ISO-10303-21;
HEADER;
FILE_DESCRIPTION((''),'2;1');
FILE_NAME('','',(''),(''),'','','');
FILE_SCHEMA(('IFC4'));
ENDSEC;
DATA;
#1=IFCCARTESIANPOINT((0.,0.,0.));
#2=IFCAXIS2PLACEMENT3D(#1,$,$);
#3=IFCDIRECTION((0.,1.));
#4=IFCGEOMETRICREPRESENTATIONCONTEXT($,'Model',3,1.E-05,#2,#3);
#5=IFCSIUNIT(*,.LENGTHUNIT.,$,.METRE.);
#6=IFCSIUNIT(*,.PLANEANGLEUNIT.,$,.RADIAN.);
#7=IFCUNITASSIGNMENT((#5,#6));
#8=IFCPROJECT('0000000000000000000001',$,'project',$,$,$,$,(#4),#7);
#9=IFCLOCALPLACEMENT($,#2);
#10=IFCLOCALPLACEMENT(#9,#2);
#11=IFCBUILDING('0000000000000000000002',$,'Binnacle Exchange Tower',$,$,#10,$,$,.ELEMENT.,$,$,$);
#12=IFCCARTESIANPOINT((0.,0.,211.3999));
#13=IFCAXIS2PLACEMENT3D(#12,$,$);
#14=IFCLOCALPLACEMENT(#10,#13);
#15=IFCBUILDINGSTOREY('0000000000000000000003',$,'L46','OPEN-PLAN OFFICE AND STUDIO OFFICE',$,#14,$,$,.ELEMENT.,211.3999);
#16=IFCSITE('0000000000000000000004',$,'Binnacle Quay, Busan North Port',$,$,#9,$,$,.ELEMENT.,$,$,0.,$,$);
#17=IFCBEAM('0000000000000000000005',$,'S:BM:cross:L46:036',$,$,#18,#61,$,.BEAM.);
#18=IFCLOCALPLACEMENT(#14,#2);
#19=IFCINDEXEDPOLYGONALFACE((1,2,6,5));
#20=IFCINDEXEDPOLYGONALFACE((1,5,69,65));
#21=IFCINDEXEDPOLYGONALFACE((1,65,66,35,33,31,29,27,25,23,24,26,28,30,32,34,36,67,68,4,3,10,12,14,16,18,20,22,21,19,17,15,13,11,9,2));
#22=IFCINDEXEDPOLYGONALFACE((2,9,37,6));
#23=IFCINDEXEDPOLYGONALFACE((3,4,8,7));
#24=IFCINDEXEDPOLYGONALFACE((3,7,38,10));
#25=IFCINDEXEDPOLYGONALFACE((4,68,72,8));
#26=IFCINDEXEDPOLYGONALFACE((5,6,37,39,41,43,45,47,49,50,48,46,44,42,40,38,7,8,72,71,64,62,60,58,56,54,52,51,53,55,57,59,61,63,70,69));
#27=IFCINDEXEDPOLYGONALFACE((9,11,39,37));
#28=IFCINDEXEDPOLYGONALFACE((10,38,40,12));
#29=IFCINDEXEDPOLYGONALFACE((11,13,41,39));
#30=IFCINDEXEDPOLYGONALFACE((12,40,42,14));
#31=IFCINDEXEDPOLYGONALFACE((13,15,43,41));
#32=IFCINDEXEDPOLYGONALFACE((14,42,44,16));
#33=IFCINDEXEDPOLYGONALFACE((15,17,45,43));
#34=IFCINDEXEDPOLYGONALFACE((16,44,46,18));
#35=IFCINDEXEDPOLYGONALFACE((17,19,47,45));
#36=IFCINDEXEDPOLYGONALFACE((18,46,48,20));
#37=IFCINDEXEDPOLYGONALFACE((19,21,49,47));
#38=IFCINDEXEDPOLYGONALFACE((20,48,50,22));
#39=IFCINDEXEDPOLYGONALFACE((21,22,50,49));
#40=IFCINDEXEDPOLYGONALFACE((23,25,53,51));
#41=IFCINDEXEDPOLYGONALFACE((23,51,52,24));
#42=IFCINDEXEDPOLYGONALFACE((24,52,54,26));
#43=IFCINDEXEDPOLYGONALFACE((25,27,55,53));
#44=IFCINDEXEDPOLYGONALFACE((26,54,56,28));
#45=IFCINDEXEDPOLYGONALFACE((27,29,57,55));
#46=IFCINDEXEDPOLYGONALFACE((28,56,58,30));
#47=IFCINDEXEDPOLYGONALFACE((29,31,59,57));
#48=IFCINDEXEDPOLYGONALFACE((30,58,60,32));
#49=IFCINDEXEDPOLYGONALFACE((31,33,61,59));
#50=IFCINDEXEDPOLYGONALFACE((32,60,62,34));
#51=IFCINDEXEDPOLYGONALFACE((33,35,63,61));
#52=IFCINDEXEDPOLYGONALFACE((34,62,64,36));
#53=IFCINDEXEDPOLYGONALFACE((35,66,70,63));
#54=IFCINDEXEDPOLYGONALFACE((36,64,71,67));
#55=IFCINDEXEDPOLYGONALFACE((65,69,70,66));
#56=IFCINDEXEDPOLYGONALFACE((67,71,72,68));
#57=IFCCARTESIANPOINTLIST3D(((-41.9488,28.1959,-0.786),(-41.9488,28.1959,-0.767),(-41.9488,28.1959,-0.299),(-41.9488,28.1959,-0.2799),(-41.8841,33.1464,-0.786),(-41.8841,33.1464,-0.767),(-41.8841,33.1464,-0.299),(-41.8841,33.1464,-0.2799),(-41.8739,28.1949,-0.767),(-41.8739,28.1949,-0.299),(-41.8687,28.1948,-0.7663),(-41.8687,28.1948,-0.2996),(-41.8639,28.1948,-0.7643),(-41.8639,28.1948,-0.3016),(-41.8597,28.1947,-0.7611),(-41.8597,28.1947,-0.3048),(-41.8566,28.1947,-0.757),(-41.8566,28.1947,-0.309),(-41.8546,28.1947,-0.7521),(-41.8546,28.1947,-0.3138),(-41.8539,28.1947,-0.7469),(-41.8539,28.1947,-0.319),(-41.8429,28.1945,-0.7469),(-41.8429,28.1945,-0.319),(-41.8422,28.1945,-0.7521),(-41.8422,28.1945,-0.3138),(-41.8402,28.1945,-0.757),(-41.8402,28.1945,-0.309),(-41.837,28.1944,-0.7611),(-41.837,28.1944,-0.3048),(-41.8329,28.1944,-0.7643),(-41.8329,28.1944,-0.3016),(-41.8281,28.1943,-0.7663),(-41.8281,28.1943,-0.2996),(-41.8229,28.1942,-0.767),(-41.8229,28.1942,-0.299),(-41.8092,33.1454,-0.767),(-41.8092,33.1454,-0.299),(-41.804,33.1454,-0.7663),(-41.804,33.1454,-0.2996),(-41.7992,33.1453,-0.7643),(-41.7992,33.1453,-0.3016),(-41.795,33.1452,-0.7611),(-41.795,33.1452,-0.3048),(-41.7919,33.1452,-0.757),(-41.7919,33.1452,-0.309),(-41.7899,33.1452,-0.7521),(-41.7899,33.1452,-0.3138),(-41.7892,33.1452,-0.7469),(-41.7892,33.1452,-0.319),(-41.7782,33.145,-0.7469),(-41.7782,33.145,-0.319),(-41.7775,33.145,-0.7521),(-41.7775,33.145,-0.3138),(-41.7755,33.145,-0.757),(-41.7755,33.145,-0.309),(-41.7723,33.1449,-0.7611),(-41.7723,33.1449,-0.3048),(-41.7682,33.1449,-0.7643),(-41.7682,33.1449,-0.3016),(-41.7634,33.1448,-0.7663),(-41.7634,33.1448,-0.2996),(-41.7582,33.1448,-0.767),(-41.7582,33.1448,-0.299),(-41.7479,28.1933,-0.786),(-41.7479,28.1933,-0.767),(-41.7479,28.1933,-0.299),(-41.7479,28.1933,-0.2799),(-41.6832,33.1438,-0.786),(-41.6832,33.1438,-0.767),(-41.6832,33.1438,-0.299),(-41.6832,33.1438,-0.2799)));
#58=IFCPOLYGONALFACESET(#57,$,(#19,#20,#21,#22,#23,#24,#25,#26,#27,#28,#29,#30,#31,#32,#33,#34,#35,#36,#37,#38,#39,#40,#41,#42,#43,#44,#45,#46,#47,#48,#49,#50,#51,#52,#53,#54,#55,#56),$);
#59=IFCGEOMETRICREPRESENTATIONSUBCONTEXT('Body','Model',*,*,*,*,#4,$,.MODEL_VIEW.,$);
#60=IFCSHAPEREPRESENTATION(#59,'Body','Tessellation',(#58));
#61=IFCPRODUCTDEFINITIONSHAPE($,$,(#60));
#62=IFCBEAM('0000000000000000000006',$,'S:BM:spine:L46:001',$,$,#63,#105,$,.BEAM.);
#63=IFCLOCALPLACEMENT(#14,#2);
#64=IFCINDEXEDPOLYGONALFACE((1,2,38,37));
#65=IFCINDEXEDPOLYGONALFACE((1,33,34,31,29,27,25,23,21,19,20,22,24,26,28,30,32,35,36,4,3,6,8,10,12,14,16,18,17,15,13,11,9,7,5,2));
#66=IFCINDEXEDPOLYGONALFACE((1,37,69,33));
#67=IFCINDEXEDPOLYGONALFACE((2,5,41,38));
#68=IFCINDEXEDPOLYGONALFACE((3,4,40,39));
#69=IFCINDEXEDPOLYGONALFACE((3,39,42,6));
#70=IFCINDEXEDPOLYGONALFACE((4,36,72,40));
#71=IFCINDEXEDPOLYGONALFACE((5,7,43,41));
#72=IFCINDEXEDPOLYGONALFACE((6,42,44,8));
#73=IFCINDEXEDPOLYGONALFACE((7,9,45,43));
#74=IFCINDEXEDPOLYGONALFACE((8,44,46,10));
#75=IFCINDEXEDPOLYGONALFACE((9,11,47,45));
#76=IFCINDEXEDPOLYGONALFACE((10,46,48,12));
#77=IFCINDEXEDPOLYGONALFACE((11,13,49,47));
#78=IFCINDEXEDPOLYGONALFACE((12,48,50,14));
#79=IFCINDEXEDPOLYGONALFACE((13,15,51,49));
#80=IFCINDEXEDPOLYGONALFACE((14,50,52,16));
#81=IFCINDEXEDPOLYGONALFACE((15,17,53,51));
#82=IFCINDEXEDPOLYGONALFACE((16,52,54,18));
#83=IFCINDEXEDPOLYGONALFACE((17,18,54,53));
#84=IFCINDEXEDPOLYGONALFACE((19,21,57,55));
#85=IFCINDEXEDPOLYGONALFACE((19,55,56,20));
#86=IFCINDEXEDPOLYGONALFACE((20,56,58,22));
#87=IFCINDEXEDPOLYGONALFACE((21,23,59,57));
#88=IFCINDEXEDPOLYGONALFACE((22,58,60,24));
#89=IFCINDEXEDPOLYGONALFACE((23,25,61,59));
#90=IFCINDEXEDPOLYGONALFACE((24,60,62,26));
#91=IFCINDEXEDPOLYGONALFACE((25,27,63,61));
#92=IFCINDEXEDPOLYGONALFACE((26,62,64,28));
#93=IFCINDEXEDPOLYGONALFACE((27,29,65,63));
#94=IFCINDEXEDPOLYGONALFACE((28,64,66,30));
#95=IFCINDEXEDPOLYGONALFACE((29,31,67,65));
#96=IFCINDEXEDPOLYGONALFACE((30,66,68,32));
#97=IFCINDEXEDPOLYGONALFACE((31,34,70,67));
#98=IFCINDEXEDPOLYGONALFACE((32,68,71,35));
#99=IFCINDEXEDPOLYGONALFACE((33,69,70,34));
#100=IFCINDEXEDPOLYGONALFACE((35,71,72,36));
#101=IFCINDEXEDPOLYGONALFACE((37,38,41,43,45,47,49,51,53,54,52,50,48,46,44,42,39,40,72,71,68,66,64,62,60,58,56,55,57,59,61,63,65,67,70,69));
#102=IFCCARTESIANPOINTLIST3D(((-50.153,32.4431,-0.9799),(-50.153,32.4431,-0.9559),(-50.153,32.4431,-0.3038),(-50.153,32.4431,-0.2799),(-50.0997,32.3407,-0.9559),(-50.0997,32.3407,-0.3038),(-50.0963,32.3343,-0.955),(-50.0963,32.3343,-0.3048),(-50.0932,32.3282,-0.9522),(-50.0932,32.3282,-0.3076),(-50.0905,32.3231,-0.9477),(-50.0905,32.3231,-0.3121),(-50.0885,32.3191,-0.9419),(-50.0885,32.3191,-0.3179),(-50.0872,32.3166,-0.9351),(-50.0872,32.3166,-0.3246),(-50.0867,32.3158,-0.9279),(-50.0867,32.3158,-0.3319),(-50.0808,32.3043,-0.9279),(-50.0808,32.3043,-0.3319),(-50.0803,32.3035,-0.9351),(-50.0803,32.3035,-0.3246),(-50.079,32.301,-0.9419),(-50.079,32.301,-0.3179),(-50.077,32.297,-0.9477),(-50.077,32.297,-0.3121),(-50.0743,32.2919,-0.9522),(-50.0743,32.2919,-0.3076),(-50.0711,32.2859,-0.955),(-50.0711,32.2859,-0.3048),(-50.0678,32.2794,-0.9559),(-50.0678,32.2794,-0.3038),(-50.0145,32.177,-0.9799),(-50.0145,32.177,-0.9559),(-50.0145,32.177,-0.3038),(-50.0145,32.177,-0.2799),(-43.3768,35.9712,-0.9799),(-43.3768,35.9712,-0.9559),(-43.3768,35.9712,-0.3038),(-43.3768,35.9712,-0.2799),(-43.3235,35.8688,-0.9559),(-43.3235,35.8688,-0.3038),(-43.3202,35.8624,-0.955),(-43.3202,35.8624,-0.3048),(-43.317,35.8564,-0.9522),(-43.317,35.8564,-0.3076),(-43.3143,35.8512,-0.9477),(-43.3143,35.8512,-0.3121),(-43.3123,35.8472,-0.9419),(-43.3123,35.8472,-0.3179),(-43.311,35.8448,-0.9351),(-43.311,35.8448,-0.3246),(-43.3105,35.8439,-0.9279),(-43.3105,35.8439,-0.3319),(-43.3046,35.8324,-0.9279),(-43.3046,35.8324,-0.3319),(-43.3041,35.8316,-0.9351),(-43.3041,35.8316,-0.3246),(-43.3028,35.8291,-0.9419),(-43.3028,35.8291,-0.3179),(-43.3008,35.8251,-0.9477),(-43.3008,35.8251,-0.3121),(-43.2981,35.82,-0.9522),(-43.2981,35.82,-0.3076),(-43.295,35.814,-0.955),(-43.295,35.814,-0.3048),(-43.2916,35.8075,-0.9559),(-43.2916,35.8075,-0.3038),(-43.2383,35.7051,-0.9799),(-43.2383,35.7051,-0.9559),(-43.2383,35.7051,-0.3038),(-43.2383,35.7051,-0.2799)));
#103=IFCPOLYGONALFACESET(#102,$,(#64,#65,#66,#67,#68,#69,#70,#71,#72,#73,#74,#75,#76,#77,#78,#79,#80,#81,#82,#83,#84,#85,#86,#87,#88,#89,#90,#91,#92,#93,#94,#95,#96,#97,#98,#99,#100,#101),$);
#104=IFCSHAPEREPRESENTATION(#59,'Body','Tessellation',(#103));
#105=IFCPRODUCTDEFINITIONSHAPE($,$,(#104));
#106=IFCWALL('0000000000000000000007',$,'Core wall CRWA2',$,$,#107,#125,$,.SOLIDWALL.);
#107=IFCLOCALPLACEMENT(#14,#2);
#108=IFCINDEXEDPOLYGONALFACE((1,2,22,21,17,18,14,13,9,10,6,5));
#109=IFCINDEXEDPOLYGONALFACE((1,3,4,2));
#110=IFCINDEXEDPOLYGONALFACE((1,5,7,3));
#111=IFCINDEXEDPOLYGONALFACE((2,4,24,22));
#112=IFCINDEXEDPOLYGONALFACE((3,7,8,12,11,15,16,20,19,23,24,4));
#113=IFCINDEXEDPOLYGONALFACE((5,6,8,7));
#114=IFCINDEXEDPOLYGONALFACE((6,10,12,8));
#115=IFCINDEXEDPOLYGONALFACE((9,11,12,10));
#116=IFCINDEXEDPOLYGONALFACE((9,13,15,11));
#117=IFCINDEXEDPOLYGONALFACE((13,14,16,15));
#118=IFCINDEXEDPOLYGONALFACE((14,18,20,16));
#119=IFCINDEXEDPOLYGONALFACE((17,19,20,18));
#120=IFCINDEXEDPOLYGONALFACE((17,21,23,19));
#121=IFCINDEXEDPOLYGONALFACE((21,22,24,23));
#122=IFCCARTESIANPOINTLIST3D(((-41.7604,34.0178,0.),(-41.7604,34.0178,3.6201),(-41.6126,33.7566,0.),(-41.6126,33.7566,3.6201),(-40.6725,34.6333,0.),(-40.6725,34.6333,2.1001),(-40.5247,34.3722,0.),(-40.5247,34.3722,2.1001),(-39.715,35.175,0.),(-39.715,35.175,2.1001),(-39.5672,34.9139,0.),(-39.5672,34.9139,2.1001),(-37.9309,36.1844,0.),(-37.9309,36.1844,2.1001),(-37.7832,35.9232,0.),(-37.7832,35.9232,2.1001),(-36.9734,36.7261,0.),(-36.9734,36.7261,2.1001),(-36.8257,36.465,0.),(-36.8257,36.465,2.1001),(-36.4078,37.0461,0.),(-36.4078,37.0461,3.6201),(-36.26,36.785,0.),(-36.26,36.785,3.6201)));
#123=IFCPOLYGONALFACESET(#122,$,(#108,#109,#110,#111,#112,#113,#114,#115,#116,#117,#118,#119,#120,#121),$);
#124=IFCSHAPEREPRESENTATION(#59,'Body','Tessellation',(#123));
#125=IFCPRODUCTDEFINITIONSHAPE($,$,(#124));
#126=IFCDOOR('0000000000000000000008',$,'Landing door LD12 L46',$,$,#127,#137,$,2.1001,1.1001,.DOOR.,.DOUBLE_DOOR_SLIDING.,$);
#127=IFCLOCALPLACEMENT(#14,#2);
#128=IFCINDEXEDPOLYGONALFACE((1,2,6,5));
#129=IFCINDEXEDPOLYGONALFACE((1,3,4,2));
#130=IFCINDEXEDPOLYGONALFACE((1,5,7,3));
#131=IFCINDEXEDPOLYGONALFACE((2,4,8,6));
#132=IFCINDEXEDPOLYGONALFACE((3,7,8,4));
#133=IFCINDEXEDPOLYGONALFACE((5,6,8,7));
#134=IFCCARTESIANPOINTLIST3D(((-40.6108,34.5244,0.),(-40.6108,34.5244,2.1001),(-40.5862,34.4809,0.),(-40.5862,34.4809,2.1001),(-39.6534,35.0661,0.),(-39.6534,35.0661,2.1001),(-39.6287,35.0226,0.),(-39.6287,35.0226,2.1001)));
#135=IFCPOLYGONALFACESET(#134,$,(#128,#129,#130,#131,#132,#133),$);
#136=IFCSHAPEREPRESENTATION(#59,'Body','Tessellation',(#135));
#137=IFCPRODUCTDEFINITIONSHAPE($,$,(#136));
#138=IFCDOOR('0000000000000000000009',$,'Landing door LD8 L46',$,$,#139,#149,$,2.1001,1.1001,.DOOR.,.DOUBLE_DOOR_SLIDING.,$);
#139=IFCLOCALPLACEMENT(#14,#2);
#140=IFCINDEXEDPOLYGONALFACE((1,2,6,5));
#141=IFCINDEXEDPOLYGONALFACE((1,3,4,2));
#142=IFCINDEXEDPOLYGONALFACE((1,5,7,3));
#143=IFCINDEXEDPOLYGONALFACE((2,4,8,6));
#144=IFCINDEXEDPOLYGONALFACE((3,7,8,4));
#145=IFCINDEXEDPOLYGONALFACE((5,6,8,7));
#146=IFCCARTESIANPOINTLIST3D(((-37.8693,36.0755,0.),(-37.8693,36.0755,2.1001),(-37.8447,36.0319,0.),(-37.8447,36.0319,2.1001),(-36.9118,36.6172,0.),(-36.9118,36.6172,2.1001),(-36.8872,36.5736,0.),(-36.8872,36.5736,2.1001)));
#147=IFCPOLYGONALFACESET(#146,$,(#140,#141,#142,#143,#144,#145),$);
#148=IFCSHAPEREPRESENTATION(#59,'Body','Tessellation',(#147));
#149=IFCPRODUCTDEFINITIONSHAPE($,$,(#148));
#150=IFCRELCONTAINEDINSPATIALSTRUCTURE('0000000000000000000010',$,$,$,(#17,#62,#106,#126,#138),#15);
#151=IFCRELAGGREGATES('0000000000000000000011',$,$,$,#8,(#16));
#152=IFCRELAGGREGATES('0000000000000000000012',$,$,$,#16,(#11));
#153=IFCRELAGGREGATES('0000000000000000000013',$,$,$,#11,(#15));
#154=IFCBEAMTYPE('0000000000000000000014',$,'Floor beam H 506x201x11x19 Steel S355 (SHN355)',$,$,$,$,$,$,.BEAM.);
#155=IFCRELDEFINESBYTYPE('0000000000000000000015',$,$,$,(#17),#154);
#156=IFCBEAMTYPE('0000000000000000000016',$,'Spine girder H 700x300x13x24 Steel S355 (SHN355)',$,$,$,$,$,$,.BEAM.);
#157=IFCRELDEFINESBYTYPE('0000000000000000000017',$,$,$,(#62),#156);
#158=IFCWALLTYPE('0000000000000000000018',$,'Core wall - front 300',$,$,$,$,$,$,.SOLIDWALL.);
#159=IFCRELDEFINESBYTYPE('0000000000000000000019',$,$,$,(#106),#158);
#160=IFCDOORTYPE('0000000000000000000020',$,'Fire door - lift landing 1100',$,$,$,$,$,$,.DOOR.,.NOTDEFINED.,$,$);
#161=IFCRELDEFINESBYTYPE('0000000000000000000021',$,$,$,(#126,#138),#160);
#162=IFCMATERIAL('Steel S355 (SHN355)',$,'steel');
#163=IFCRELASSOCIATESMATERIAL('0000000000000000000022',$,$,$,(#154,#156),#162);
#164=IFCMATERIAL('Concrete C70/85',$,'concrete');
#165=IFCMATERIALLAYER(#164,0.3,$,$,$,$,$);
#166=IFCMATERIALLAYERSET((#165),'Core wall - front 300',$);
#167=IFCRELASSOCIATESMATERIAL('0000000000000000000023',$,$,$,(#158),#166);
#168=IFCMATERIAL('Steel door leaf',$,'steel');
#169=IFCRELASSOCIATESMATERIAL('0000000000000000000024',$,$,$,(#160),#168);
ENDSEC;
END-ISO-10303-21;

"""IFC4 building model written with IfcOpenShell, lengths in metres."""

from ifc_helpers import new_model, si_unit, direction, frame, frame_2d, origin, origin_2d, place, context, subcontext, project, spatial, rectangle, i_section, extrude, material, layer, layer_set, material_profile, profile_set, type_object, element, fill, save


model = new_model("IFC4")

# Units and contexts
model_context = context("Model", 3, precision=1e-05, world=origin(), true_north=direction((0.0, 1.0)))
body_context = subcontext(model_context, "Body", "Model", "MODEL_VIEW")
ifc_project = project(units=[si_unit("LENGTHUNIT", "METRE"), si_unit("PLANEANGLEUNIT", "RADIAN")], contexts=[model_context])

# Site, building, storey
site_placement = place(None, origin())
site = spatial("IfcSite", under=ifc_project, at=site_placement, Name="Binnacle Quay, Busan North Port", CompositionType="ELEMENT", RefElevation=0.0)
building_placement = place(site_placement, origin())
building = spatial("IfcBuilding", under=site, at=building_placement, Name="Binnacle Exchange Tower", CompositionType="ELEMENT")
storey_placement = place(building_placement, frame((0.0, 0.0, 211.3999)))
storey = spatial("IfcBuildingStorey", under=building, at=storey_placement, Name="L46", Description="OPEN-PLAN OFFICE AND STUDIO OFFICE", CompositionType="ELEMENT", Elevation=211.3999)

# Beams
ifc_material_1 = material(Name="Steel S355 (SHN355)", Category="steel")
ifc_material_profile_1 = material_profile(ifc_material_1, i_section(OverallWidth=0.2009, OverallDepth=0.5061, WebThickness=0.011, FlangeThickness=0.019, FilletRadius=0.02, at=origin_2d()), Name="H 506x201x11x19")
ifc_profile_set_1 = profile_set([ifc_material_profile_1], Name="Steel S355 (SHN355)")
beam_type_1 = type_object("IfcBeamType", Name="Floor beam H 506x201x11x19 Steel S355 (SHN355)", PredefinedType="BEAM", material=ifc_profile_set_1)
beam_1_placement = place(storey_placement, frame((-41.8484, 28.1946, -0.533), z_axis=(0.013068, 0.999915, 0.0), x_axis=(-0.999915, 0.013068, 0.0)))
element("IfcBeam", 1, at=beam_1_placement, inside=storey, type_object=beam_type_1, Name="S:BM:cross:L46:036", PredefinedType="BEAM", context=body_context, shape_type="SweptSolid", body=[
    extrude(i_section(OverallWidth=0.2009, OverallDepth=0.5061, WebThickness=0.011, FlangeThickness=0.019, FilletRadius=0.02, at=origin_2d()), origin(), (0.0, 0.0, 1.0), 4.9509),
])
ifc_material_profile_2 = material_profile(ifc_material_1, i_section(OverallWidth=0.3, OverallDepth=0.7, WebThickness=0.0129, FlangeThickness=0.0239, FilletRadius=0.0281, at=origin_2d()), Name="H 700x300x13x24")
ifc_profile_set_2 = profile_set([ifc_material_profile_2], Name="Steel S355 (SHN355)")
beam_type_2 = type_object("IfcBeamType", Name="Spine girder H 700x300x13x24 Steel S355 (SHN355)", PredefinedType="BEAM", material=ifc_profile_set_2)
beam_2_placement = place(storey_placement, frame((-50.0837, 32.3101, -0.6299), z_axis=(0.886976, 0.461816, 0.0), x_axis=(-0.461816, 0.886976, 0.0)))
element("IfcBeam", 2, at=beam_2_placement, inside=storey, type_object=beam_type_2, Name="S:BM:spine:L46:001", PredefinedType="BEAM", context=body_context, shape_type="SweptSolid", body=[
    extrude(i_section(OverallWidth=0.3, OverallDepth=0.7, WebThickness=0.0129, FlangeThickness=0.0239, FilletRadius=0.0281, at=origin_2d()), origin(), (0.0, 0.0, 1.0), 7.6396),
])

# Wall, openings, doors
ifc_material_2 = material(Name="Concrete C70/85", Category="concrete")
ifc_layer_1 = layer(ifc_material_2, 0.3)
ifc_layer_set_1 = layer_set([ifc_layer_1], Name="Core wall - front 300")
wall_type_1 = type_object("IfcWallType", Name="Core wall - front 300", PredefinedType="SOLIDWALL", material=ifc_layer_set_1)
wall_1_placement = place(storey_placement, frame((-41.6865, 33.8872, 0.0), z_axis=(0.0, 0.0, 1.0), x_axis=(0.870356, 0.492423, 0.0)))
wall_1 = element("IfcWall", 3, at=wall_1_placement, inside=storey, type_object=wall_type_1, Name="Core wall CRWA2", PredefinedType="SOLIDWALL", context=body_context, shape_type="SweptSolid", body=[
    extrude(rectangle(XDim=6.1499, YDim=0.3, at=frame_2d((3.075, 0.0))), origin(), (0.0, 0.0, 1.0), 3.6201),
])
opening_1_placement = place(wall_1_placement, frame((1.25, 0.0, 0.0)))
opening_1 = element("IfcOpeningElement", 4, at=opening_1_placement, cuts=wall_1, PredefinedType="OPENING", context=body_context, shape_type="SweptSolid", body=[
    extrude(rectangle(XDim=1.1001, YDim=2.1001, at=frame_2d((0.55, 1.05))), frame((0.0, 0.1599, 0.0), z_axis=(0.0, -1.0, 0.0), x_axis=(1.0, 0.0, 0.0)), (0.0, 0.0, 1.0), 0.3201),
])
opening_2_placement = place(wall_1_placement, frame((4.3999, 0.0, 0.0)))
opening_2 = element("IfcOpeningElement", 5, at=opening_2_placement, cuts=wall_1, PredefinedType="OPENING", context=body_context, shape_type="SweptSolid", body=[
    extrude(rectangle(XDim=1.1001, YDim=2.1001, at=frame_2d((0.55, 1.05))), frame((0.0, 0.1599, 0.0), z_axis=(0.0, -1.0, 0.0), x_axis=(1.0, 0.0, 0.0)), (0.0, 0.0, 1.0), 0.3201),
])
ifc_material_3 = material(Name="Steel door leaf", Category="steel")
door_type_1 = type_object("IfcDoorType", Name="Fire door - lift landing 1100", OperationType="NOTDEFINED", PredefinedType="DOOR", material=ifc_material_3)
door_1_placement = place(opening_1_placement, origin())
door_1 = element("IfcDoor", 6, at=door_1_placement, inside=storey, type_object=door_type_1, Name="Landing door LD12 L46", OperationType="DOUBLE_DOOR_SLIDING", OverallHeight=2.1001, OverallWidth=1.1001, PredefinedType="DOOR", context=body_context, shape_type="SweptSolid", body=[
    extrude(rectangle(XDim=1.1001, YDim=2.1001, at=frame_2d((0.55, 1.05))), frame((0.0, 0.0249, 0.0), z_axis=(0.0, -1.0, 0.0), x_axis=(1.0, 0.0, 0.0)), (0.0, 0.0, 1.0), 0.05),
])
fill(opening_1, door_1)
door_2_placement = place(opening_2_placement, origin())
door_2 = element("IfcDoor", 7, at=door_2_placement, inside=storey, type_object=door_type_1, Name="Landing door LD8 L46", OperationType="DOUBLE_DOOR_SLIDING", OverallHeight=2.1001, OverallWidth=1.1001, PredefinedType="DOOR", context=body_context, shape_type="SweptSolid", body=[
    extrude(rectangle(XDim=1.1001, YDim=2.1001, at=frame_2d((0.55, 1.05))), frame((0.0, 0.0249, 0.0), z_axis=(0.0, -1.0, 0.0), x_axis=(1.0, 0.0, 0.0)), (0.0, 0.0, 1.0), 0.05),
])
fill(opening_2, door_2)

save(model, "model.ifc")
